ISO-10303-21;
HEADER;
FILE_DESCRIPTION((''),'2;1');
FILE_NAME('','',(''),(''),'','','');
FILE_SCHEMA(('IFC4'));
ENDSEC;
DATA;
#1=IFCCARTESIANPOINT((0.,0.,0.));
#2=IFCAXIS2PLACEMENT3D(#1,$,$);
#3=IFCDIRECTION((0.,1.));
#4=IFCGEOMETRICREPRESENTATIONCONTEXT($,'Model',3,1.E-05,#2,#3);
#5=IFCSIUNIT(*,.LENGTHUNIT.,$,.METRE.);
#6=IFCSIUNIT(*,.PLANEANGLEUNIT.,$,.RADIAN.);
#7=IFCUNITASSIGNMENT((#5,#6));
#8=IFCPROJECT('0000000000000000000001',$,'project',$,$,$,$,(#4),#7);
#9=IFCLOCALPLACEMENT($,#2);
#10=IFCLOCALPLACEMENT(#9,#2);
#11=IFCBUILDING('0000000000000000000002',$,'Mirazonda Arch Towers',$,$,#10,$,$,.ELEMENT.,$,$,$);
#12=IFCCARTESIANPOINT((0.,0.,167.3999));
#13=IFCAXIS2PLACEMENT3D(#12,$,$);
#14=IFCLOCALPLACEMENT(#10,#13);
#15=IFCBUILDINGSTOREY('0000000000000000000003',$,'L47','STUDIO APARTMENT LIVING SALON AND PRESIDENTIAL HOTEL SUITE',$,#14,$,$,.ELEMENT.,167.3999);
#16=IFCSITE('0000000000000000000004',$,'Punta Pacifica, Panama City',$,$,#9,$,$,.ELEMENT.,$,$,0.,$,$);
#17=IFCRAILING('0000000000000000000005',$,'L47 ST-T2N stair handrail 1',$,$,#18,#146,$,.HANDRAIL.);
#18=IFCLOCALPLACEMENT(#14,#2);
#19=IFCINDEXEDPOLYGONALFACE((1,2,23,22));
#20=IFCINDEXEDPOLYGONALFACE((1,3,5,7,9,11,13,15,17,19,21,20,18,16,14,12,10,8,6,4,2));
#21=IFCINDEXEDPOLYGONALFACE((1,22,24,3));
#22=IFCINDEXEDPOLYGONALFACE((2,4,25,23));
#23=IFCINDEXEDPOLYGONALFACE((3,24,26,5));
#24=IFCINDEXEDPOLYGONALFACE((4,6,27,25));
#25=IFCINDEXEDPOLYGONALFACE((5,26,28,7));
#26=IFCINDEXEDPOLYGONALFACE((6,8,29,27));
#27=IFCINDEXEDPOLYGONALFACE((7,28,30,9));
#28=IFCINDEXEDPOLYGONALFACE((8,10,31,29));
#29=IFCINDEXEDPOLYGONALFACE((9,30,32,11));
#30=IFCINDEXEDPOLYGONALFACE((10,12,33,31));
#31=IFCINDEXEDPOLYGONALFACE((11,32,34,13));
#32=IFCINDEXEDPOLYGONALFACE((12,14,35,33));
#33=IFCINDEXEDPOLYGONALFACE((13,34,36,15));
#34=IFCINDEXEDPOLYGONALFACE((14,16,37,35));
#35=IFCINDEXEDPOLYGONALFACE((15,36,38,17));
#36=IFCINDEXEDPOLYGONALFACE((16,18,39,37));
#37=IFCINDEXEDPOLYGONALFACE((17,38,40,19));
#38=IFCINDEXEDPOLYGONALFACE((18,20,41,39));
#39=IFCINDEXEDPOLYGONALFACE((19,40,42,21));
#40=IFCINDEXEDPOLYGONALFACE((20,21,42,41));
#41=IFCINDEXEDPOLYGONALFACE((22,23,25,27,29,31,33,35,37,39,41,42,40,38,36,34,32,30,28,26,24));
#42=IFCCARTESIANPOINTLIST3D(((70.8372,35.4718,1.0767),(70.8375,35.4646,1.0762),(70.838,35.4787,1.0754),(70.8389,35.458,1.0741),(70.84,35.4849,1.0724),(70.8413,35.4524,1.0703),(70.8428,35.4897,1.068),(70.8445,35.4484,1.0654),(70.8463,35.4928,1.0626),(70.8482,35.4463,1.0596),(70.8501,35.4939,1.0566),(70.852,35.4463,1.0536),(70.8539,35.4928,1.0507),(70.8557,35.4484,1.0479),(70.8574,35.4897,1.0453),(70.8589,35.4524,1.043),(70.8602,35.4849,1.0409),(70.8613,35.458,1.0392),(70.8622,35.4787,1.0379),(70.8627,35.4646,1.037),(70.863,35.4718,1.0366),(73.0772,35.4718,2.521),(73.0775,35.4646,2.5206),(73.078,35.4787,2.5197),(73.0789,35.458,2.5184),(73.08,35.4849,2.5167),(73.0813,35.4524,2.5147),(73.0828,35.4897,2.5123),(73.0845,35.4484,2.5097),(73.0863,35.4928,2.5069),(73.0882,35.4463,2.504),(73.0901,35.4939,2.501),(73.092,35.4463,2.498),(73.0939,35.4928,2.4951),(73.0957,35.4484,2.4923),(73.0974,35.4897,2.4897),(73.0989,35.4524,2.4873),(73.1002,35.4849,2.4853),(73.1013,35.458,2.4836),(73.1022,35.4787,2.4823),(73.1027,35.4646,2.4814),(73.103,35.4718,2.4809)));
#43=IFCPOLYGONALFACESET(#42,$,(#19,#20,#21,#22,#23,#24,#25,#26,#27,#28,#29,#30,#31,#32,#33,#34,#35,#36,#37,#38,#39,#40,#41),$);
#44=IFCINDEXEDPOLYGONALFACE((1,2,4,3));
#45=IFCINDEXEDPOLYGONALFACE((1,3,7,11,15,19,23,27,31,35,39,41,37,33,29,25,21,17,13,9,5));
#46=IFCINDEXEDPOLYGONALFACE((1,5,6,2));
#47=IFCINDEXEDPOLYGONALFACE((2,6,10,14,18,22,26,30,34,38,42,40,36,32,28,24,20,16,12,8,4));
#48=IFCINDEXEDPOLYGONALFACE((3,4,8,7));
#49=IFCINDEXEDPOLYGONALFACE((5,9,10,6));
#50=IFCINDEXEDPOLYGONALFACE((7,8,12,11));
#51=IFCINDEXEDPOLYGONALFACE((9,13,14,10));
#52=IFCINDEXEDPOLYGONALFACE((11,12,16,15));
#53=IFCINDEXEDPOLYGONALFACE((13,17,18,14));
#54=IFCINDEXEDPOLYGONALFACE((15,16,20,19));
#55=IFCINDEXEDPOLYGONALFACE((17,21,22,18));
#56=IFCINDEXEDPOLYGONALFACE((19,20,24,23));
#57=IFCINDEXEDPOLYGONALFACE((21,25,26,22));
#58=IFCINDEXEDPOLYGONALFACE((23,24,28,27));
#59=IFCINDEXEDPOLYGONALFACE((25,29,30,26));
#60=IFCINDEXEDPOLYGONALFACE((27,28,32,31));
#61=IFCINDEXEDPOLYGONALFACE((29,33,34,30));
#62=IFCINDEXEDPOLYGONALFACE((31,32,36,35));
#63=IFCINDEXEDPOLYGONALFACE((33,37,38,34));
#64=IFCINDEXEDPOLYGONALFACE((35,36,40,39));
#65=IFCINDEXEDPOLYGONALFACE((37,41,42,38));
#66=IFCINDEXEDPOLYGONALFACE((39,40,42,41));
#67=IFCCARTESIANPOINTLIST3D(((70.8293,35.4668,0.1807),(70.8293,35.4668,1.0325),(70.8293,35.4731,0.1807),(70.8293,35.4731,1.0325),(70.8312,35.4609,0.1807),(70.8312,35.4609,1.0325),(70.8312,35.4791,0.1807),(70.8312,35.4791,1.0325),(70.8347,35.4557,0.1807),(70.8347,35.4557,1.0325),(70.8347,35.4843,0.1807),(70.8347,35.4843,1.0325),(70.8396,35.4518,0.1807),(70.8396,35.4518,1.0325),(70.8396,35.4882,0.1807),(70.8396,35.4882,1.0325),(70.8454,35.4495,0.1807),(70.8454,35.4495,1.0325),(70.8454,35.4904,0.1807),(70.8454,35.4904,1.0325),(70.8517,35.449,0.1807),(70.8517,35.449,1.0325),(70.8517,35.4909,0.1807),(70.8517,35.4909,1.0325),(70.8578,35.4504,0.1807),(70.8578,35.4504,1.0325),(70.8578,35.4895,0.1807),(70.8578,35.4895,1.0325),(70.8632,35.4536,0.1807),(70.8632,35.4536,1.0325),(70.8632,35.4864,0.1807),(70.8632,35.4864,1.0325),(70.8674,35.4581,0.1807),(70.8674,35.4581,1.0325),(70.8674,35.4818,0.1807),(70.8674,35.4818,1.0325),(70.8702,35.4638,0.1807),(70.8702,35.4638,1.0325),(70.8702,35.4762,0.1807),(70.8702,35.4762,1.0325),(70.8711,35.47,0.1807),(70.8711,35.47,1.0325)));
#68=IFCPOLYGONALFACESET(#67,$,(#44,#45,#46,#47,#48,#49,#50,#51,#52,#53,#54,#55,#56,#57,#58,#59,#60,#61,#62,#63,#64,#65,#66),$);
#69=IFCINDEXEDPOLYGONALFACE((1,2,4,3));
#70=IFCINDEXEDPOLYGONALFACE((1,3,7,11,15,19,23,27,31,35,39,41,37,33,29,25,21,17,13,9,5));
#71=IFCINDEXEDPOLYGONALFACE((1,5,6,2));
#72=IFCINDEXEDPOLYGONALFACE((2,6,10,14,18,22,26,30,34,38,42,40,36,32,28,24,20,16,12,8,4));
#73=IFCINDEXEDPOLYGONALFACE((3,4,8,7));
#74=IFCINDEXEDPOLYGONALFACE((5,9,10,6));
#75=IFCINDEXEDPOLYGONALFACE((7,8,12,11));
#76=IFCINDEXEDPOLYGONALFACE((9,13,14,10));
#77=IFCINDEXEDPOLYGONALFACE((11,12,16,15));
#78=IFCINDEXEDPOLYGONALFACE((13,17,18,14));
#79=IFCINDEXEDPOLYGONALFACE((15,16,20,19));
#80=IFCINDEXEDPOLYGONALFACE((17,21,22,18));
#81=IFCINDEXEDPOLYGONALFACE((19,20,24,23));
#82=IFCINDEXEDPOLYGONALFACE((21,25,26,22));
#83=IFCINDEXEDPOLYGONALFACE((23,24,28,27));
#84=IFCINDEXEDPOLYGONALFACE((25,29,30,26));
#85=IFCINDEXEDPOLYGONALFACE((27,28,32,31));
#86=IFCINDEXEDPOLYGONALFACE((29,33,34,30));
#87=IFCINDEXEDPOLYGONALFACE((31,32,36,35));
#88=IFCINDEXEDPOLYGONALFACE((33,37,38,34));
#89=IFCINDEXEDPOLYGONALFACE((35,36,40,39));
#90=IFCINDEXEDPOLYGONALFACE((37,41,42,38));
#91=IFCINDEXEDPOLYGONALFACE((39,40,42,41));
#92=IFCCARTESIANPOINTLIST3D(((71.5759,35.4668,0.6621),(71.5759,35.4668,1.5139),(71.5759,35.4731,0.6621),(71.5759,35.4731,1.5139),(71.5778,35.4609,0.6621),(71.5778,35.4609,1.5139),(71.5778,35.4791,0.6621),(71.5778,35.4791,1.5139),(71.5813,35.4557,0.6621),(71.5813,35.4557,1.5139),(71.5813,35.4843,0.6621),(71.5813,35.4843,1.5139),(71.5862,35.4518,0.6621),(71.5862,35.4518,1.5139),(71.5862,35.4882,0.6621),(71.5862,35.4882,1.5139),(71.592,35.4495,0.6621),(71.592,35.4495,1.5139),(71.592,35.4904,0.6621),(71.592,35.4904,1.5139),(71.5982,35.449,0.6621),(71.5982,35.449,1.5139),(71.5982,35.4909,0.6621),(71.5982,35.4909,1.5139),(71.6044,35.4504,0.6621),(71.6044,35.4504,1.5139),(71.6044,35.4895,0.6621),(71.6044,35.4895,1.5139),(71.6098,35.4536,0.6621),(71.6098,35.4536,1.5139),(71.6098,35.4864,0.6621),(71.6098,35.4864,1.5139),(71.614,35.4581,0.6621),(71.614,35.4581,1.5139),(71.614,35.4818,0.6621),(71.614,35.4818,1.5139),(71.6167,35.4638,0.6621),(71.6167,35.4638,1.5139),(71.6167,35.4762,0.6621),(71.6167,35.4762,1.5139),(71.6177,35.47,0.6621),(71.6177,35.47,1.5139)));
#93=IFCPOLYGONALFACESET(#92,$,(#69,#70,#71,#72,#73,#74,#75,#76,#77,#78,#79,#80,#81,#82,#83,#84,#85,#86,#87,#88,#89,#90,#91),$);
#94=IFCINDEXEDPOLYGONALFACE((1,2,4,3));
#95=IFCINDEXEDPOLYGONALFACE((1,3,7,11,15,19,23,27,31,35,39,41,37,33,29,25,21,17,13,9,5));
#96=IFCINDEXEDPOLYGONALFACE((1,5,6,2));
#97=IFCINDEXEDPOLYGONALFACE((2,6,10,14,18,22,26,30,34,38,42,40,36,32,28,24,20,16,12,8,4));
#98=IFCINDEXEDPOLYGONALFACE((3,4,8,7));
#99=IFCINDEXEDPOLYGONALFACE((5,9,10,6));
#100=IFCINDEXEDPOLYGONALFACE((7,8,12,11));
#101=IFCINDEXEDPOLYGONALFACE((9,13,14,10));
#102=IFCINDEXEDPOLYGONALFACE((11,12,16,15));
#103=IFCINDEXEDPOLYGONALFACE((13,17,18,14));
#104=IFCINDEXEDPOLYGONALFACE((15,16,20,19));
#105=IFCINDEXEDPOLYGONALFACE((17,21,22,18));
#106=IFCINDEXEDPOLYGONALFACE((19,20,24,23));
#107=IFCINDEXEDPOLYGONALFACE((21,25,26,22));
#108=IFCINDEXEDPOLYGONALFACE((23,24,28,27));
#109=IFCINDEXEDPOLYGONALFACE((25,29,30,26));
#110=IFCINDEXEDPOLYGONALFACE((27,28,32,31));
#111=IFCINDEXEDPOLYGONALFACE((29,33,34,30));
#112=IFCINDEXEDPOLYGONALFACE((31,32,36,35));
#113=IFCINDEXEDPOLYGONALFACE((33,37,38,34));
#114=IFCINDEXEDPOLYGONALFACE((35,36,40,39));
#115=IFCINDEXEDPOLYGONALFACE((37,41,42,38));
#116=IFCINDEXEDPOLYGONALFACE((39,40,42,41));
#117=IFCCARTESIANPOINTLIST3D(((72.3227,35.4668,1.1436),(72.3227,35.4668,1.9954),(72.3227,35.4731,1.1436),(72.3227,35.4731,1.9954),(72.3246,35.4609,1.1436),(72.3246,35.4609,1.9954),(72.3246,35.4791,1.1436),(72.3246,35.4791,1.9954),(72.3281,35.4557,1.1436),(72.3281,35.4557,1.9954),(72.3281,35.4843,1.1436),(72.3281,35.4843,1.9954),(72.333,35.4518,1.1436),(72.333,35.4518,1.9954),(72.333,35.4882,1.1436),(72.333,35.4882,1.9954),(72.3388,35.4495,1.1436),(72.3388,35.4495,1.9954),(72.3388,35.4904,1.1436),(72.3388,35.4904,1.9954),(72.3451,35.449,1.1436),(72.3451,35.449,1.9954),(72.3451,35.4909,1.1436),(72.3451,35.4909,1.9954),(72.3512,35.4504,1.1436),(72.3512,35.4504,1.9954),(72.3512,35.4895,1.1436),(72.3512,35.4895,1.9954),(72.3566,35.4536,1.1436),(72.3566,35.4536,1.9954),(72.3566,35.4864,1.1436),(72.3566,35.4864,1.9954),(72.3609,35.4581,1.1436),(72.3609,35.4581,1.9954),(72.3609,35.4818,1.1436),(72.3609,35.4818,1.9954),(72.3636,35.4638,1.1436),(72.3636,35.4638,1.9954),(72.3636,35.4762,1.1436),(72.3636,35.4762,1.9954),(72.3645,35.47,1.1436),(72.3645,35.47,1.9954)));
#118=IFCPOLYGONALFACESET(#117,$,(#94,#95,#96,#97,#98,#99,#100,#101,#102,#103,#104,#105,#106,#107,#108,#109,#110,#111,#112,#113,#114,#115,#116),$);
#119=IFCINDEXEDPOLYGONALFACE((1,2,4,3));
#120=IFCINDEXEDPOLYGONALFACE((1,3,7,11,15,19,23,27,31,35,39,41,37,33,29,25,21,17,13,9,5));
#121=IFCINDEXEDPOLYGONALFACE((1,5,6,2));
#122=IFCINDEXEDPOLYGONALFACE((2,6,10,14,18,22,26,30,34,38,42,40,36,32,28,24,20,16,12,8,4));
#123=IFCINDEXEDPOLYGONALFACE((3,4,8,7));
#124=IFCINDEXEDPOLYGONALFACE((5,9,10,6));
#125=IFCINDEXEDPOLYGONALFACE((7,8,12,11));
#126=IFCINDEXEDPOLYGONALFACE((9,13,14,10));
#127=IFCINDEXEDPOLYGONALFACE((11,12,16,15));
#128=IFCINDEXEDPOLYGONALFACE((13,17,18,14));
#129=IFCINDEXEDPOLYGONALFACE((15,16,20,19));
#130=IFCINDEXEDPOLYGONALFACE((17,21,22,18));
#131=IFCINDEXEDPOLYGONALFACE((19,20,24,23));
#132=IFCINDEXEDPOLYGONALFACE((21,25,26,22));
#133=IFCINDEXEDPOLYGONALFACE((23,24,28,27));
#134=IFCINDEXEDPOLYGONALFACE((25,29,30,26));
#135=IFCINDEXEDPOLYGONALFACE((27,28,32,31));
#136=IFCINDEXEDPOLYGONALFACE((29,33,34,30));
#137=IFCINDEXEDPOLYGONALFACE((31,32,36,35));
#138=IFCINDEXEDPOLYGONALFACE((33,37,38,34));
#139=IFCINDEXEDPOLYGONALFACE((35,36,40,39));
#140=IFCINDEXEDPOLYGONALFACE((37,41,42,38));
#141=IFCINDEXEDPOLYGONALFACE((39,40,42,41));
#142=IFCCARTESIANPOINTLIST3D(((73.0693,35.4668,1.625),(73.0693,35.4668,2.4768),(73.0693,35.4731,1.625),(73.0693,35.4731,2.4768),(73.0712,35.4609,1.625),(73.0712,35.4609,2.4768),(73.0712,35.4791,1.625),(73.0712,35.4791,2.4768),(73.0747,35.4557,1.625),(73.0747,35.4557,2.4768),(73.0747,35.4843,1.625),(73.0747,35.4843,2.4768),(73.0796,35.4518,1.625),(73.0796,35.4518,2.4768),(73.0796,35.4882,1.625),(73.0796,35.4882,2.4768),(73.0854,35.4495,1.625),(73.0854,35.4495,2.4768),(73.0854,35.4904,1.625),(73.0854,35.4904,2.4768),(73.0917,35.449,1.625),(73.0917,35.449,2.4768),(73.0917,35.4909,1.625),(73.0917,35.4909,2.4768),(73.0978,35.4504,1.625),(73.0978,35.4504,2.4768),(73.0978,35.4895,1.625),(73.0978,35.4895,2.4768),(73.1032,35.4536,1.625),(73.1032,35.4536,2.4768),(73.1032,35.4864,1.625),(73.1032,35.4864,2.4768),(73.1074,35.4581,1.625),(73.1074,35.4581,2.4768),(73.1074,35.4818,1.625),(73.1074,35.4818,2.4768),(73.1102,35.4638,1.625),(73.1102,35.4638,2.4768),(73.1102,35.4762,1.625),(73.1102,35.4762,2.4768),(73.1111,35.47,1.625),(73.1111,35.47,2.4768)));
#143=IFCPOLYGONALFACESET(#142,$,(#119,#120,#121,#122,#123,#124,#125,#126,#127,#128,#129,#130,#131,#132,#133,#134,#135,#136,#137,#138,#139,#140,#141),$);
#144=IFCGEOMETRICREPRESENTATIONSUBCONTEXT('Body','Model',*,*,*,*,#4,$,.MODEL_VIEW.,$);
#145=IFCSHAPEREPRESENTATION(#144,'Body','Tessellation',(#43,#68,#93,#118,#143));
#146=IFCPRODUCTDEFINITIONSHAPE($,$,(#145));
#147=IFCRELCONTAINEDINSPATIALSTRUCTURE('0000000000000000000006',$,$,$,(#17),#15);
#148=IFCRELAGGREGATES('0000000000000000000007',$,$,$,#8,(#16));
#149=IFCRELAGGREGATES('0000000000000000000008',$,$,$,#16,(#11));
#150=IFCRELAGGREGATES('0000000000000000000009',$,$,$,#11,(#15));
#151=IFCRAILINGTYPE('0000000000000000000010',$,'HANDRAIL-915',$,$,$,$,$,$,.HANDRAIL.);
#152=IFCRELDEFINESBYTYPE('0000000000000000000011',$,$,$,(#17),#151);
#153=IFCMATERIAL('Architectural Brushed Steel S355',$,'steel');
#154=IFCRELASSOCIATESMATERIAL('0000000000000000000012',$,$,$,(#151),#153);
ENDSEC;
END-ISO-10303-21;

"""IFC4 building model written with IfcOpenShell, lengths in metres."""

from ifc_helpers import new_model, si_unit, direction, frame, origin, origin_2d, place, context, subcontext, project, spatial, circle, extrude, material, type_object, element, save


model = new_model("IFC4")

# Units and contexts
model_context = context("Model", 3, precision=1e-05, world=origin(), true_north=direction((0.0, 1.0)))
body_context = subcontext(model_context, "Body", "Model", "MODEL_VIEW")
ifc_project = project(units=[si_unit("LENGTHUNIT", "METRE"), si_unit("PLANEANGLEUNIT", "RADIAN")], contexts=[model_context])

# Site, building, storey
site_placement = place(None, origin())
site = spatial("IfcSite", under=ifc_project, at=site_placement, Name="Punta Pacifica, Panama City", CompositionType="ELEMENT", RefElevation=0.0)
building_placement = place(site_placement, origin())
building = spatial("IfcBuilding", under=site, at=building_placement, Name="Mirazonda Arch Towers", CompositionType="ELEMENT")
storey_placement = place(building_placement, frame((0.0, 0.0, 167.3999)))
storey = spatial("IfcBuildingStorey", under=building, at=storey_placement, Name="L47", Description="STUDIO APARTMENT LIVING SALON AND PRESIDENTIAL HOTEL SUITE", CompositionType="ELEMENT", Elevation=167.3999)

# Railing
ifc_material_1 = material(Name="Architectural Brushed Steel S355", Category="steel")
railing_type_1 = type_object("IfcRailingType", Name="HANDRAIL-915", PredefinedType="HANDRAIL", material=ifc_material_1)
railing_1_placement = place(storey_placement, frame((70.8501, 35.47, 0.1807)))
element("IfcRailing", 1, at=railing_1_placement, inside=storey, type_object=railing_type_1, Name="L47 ST-T2N stair handrail 1", PredefinedType="HANDRAIL", context=body_context, shape_type="SweptSolid", body=[
    extrude(circle(Radius=0.0239, at=origin_2d()), frame((0.0, 0.0, 0.876), z_axis=(0.840437, 0.0, 0.54191), x_axis=(0.0, 1.0, 0.0)), (0.0, 0.0, 1.0), 2.6653),
    extrude(circle(Radius=0.021, at=origin_2d()), origin(), (0.0, 0.0, 1.0), 0.8518),
    extrude(circle(Radius=0.021, at=origin_2d()), frame((0.7466, 0.0, 0.4814)), (0.0, 0.0, 1.0), 0.8518),
    extrude(circle(Radius=0.021, at=origin_2d()), frame((1.4934, 0.0, 0.9629)), (0.0, 0.0, 1.0), 0.8518),
    extrude(circle(Radius=0.021, at=origin_2d()), frame((2.24, 0.0, 1.4443)), (0.0, 0.0, 1.0), 0.8518),
])

save(model, "model.ifc")
